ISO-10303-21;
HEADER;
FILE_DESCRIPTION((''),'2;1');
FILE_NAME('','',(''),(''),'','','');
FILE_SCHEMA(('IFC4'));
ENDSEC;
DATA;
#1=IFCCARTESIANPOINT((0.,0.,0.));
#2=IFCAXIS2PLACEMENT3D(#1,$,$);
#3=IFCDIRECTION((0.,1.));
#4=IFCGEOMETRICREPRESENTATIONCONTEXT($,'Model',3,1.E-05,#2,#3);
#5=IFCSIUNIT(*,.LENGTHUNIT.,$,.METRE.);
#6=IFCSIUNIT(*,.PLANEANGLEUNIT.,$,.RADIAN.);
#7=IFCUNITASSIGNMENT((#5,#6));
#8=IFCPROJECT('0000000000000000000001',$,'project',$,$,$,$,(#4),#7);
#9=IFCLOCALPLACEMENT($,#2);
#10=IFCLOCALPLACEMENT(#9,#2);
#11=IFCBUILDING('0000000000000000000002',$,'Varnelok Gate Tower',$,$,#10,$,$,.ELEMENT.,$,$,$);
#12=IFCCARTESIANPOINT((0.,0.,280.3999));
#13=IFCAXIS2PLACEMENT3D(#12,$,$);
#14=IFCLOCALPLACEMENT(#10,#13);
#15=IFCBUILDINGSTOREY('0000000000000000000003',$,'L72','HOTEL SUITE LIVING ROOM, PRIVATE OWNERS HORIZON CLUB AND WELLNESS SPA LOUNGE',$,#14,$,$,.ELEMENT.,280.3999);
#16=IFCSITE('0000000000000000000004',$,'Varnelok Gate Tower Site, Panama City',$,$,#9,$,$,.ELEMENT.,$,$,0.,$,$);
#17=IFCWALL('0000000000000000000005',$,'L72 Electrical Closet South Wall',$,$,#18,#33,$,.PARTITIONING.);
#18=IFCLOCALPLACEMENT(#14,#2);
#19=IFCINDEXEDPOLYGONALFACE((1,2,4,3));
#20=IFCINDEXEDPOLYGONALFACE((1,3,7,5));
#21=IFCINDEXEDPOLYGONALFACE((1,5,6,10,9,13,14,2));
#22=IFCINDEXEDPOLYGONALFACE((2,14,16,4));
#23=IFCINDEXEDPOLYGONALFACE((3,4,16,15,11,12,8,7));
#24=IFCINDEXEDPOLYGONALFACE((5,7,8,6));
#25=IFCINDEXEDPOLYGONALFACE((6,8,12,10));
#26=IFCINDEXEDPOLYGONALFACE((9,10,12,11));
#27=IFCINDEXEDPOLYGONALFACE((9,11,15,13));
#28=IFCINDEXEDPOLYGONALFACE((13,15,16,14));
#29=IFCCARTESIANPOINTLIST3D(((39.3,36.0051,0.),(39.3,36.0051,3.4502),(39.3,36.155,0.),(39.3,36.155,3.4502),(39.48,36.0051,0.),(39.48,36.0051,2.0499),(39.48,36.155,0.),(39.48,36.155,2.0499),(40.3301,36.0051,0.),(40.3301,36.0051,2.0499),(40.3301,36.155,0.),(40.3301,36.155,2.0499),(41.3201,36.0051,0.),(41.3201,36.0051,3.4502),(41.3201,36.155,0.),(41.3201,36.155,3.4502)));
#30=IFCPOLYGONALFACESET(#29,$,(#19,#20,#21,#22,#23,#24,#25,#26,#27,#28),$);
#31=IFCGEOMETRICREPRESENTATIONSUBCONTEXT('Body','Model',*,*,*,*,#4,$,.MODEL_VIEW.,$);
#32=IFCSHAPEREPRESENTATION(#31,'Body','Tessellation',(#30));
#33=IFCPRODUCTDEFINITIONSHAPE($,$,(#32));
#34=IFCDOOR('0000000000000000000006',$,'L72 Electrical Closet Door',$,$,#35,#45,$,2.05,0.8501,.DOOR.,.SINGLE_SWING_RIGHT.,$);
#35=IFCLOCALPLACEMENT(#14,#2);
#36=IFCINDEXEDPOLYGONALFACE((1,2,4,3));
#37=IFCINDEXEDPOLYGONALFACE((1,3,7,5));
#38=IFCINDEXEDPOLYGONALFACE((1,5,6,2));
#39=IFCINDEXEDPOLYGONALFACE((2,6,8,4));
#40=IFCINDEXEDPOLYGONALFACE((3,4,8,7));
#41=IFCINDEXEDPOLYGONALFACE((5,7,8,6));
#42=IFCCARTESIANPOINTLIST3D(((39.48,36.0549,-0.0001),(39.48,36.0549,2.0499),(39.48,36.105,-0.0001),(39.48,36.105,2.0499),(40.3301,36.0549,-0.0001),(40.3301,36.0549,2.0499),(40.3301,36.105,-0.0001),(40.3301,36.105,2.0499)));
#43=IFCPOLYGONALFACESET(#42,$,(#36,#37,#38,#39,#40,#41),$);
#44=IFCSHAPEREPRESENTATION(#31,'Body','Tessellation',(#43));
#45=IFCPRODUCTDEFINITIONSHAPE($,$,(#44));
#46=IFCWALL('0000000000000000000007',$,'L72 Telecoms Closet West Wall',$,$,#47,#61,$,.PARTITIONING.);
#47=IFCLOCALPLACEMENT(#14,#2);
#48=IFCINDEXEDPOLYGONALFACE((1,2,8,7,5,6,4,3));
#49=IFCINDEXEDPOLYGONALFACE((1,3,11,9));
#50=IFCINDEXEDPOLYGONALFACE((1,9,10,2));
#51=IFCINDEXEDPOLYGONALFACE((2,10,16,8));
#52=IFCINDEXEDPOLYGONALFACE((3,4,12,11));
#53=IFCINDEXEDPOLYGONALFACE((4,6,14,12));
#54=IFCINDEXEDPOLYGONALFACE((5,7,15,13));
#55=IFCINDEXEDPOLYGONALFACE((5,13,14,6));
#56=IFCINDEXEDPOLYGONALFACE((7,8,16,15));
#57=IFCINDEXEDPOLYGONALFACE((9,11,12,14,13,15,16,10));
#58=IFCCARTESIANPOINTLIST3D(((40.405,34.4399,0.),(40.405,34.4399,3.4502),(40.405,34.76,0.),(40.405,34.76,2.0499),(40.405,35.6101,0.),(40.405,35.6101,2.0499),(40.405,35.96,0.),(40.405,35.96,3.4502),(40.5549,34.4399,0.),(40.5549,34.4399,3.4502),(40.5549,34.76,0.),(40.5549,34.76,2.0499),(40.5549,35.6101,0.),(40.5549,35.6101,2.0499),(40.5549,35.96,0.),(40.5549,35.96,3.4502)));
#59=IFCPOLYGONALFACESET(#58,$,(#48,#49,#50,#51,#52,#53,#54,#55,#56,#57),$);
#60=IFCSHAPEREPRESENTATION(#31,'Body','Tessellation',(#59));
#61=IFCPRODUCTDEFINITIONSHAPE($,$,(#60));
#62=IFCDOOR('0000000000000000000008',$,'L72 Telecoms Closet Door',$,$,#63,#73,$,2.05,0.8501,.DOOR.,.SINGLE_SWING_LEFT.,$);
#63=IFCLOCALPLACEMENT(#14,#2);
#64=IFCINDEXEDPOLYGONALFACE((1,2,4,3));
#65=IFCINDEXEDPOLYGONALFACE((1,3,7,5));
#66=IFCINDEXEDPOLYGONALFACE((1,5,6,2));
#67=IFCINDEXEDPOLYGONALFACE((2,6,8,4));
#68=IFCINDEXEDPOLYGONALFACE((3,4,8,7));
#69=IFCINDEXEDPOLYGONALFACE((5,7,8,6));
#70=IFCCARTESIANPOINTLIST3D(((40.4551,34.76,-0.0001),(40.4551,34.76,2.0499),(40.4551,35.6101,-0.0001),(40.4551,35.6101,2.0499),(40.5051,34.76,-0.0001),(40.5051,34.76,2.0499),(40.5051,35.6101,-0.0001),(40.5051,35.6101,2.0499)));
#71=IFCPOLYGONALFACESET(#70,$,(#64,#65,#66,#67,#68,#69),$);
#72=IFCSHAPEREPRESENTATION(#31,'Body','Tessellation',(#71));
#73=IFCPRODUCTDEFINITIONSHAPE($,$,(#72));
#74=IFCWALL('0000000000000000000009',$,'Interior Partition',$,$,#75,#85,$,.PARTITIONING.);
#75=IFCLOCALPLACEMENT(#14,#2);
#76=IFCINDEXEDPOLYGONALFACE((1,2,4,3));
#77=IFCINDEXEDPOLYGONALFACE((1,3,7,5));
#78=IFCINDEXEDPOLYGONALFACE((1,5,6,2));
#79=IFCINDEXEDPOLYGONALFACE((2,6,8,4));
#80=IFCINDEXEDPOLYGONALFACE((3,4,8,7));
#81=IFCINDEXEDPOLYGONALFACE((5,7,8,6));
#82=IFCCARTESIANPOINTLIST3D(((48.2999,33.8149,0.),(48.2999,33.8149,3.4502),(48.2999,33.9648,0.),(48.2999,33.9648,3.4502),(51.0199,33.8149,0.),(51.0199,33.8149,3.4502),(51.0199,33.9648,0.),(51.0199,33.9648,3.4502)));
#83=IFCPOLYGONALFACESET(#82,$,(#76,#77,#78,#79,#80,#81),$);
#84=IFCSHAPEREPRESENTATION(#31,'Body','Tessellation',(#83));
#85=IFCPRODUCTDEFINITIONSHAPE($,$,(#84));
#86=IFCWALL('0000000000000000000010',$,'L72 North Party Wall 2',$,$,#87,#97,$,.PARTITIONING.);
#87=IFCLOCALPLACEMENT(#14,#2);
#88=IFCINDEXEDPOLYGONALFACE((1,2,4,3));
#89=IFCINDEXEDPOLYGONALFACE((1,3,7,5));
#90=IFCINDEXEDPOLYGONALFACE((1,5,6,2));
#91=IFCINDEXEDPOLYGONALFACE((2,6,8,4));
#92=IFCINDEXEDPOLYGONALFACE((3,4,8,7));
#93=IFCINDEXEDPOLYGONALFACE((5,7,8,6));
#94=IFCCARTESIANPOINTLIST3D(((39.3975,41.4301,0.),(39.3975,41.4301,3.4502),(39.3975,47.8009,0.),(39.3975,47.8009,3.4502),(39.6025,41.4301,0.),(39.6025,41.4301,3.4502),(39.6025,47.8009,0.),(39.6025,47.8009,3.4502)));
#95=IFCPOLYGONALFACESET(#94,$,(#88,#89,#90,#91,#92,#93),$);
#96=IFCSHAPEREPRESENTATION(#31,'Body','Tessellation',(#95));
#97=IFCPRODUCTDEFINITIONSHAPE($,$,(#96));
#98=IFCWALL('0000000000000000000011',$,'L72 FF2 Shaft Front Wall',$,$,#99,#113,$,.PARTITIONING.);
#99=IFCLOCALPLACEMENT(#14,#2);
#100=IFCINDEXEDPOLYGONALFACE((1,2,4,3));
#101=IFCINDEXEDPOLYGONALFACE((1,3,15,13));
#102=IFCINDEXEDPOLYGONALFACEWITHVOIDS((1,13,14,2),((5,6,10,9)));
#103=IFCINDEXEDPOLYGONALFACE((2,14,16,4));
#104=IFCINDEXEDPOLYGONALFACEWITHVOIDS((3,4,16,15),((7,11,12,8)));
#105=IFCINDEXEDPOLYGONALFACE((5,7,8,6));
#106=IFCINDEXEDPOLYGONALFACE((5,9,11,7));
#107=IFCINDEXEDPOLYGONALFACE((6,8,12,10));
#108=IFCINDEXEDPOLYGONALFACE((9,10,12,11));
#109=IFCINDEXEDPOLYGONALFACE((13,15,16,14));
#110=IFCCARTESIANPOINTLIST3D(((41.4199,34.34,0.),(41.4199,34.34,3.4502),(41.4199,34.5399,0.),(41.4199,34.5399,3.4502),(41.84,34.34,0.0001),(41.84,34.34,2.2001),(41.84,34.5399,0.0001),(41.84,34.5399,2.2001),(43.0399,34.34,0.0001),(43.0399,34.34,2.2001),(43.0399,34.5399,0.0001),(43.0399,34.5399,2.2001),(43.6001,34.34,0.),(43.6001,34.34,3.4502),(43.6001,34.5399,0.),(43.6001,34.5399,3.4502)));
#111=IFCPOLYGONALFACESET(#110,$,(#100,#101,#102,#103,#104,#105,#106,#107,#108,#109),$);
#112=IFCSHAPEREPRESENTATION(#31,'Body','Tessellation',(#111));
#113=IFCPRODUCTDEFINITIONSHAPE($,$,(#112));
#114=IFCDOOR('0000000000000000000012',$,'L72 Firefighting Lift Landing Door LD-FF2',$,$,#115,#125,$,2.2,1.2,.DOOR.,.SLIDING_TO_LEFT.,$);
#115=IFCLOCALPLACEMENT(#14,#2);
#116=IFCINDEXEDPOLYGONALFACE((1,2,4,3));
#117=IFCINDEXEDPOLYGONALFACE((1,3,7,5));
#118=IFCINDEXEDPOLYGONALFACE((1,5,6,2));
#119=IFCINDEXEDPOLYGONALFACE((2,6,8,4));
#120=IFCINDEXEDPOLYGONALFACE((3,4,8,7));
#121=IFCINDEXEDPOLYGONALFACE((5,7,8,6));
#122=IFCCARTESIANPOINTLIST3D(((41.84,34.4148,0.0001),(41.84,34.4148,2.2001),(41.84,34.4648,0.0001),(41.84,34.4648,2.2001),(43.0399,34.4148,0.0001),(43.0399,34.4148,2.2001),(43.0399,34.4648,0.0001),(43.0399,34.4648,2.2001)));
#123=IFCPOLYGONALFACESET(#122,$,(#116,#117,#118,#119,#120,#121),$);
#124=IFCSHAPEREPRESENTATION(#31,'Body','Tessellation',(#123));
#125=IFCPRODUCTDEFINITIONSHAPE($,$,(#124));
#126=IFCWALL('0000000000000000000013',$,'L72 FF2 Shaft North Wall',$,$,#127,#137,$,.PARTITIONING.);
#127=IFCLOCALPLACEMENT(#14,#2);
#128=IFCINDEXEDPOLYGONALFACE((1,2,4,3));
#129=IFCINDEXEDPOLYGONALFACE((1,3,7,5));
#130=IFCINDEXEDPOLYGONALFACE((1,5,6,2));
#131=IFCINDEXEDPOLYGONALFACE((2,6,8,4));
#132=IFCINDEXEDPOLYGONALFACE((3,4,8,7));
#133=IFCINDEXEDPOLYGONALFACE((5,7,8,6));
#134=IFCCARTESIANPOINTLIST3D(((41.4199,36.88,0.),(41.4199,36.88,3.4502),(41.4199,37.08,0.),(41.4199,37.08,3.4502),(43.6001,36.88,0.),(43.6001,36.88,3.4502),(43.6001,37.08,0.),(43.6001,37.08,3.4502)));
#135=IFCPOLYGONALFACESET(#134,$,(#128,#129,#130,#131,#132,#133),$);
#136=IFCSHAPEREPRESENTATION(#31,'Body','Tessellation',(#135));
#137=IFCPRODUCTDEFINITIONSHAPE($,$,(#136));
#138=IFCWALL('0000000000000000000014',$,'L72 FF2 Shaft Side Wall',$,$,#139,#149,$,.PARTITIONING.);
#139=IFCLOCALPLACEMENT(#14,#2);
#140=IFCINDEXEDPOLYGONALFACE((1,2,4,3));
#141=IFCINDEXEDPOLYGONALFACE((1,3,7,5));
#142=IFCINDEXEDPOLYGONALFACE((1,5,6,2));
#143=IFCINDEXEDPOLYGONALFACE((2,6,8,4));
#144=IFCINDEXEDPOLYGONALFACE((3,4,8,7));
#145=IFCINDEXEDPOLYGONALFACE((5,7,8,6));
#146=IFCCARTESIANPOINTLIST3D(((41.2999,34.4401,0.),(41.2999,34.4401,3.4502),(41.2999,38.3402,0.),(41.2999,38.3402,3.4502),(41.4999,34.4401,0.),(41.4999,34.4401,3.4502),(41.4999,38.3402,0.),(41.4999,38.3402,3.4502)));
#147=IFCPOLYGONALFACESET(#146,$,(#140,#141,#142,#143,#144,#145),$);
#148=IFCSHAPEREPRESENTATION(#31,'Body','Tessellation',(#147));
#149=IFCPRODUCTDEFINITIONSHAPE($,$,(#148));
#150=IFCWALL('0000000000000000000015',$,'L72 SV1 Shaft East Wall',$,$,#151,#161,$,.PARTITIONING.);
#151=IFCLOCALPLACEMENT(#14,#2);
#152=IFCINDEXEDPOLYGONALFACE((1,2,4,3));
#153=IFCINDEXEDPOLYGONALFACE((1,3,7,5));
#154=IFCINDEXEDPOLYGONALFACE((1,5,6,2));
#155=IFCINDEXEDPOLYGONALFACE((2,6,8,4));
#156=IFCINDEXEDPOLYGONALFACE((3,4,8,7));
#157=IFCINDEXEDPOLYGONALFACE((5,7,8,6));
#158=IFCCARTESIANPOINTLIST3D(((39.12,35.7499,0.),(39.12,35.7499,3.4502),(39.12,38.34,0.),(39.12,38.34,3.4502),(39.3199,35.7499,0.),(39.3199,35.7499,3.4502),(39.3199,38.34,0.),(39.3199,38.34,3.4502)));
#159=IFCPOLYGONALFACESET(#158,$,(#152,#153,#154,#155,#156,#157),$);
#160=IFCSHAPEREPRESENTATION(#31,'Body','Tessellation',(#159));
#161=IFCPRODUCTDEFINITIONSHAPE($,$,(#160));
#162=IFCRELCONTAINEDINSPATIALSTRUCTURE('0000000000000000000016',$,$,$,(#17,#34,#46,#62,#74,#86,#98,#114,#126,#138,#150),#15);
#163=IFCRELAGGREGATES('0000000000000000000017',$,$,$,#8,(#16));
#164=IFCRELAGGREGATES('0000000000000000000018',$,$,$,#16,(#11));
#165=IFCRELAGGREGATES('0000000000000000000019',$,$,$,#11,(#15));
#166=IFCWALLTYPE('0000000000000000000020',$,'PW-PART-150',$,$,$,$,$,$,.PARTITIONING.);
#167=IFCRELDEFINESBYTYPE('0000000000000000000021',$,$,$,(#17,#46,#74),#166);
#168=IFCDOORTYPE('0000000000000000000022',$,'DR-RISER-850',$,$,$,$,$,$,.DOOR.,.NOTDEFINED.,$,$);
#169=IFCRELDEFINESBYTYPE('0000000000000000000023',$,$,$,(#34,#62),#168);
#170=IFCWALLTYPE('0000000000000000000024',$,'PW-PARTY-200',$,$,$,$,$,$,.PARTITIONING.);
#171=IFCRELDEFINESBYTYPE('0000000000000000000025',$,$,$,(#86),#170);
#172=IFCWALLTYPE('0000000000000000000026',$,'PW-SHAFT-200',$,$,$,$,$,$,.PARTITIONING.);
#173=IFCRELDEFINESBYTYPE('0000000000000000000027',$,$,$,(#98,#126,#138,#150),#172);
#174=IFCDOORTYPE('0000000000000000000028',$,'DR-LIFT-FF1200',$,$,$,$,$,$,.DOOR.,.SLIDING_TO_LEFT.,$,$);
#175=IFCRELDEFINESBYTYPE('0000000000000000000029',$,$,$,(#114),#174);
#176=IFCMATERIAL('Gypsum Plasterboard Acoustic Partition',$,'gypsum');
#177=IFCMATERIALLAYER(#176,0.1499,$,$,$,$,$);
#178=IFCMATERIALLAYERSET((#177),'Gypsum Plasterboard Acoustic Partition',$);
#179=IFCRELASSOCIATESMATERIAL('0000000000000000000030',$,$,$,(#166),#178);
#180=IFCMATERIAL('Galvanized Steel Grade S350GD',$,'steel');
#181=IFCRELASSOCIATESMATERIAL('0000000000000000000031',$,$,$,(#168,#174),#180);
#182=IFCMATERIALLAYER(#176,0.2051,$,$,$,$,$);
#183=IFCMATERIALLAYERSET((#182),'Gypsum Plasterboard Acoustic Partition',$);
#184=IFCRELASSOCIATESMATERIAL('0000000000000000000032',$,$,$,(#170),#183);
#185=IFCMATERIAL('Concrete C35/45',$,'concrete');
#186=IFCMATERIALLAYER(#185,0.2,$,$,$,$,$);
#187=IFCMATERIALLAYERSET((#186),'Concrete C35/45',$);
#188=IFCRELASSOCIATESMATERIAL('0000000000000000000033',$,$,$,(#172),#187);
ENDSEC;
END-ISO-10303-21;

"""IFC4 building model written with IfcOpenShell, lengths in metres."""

from ifc_helpers import new_model, si_unit, direction, frame, frame_2d, origin, place, context, subcontext, project, spatial, rectangle, extrude, material, layer, layer_set, type_object, element, fill, save


model = new_model("IFC4")

# Units and contexts
model_context = context("Model", 3, precision=1e-05, world=origin(), true_north=direction((0.0, 1.0)))
body_context = subcontext(model_context, "Body", "Model", "MODEL_VIEW")
ifc_project = project(units=[si_unit("LENGTHUNIT", "METRE"), si_unit("PLANEANGLEUNIT", "RADIAN")], contexts=[model_context])

# Site, building, storey
site_placement = place(None, origin())
site = spatial("IfcSite", under=ifc_project, at=site_placement, Name="Varnelok Gate Tower Site, Panama City", CompositionType="ELEMENT", RefElevation=0.0)
building_placement = place(site_placement, origin())
building = spatial("IfcBuilding", under=site, at=building_placement, Name="Varnelok Gate Tower", CompositionType="ELEMENT")
storey_placement = place(building_placement, frame((0.0, 0.0, 280.3999)))
storey = spatial("IfcBuildingStorey", under=building, at=storey_placement, Name="L72", Description="HOTEL SUITE LIVING ROOM, PRIVATE OWNERS HORIZON CLUB AND WELLNESS SPA LOUNGE", CompositionType="ELEMENT", Elevation=280.3999)

# Shared definitions
ifc_material_1 = material(Name="Gypsum Plasterboard Acoustic Partition", Category="gypsum")

# Walls, openings, doors
ifc_layer_1 = layer(ifc_material_1, 0.1499)
ifc_layer_set_1 = layer_set([ifc_layer_1], Name="Gypsum Plasterboard Acoustic Partition")
wall_type_1 = type_object("IfcWallType", Name="PW-PART-150", PredefinedType="PARTITIONING", material=ifc_layer_set_1)
wall_1_placement = place(storey_placement, frame((39.3, 36.0801, 0.0), z_axis=(0.0, 0.0, 1.0), x_axis=(1.0, 0.0, 0.0)))
wall_1 = element("IfcWall", 1, at=wall_1_placement, inside=storey, type_object=wall_type_1, Name="L72 Electrical Closet South Wall", PredefinedType="PARTITIONING", context=body_context, shape_type="SweptSolid", body=[
    extrude(rectangle(XDim=2.02, YDim=0.1499, at=frame_2d((1.01, 0.0))), origin(), (0.0, 0.0, 1.0), 3.4502),
])
opening_1_placement = place(wall_1_placement, frame((0.1799, 0.0, 0.0)))
opening_1 = element("IfcOpeningElement", 2, at=opening_1_placement, cuts=wall_1, PredefinedType="OPENING", context=body_context, shape_type="SweptSolid", body=[
    extrude(rectangle(XDim=0.8501, YDim=2.05, at=frame_2d((0.425, 1.0249))), frame((0.0, 0.085, 0.0), z_axis=(0.0, -1.0, 0.0), x_axis=(1.0, 0.0, 0.0)), (0.0, 0.0, 1.0), 0.1699),
])
ifc_material_2 = material(Name="Galvanized Steel Grade S350GD", Category="steel")
door_type_1 = type_object("IfcDoorType", Name="DR-RISER-850", OperationType="NOTDEFINED", PredefinedType="DOOR", material=ifc_material_2)
door_1_placement = place(opening_1_placement, origin())
door_1 = element("IfcDoor", 3, at=door_1_placement, inside=storey, type_object=door_type_1, Name="L72 Electrical Closet Door", OperationType="SINGLE_SWING_RIGHT", OverallHeight=2.05, OverallWidth=0.8501, PredefinedType="DOOR", context=body_context, shape_type="SweptSolid", body=[
    extrude(rectangle(XDim=0.8501, YDim=2.05, at=frame_2d((0.425, 1.0249))), frame((0.0, 0.0249, 0.0), z_axis=(0.0, -1.0, 0.0), x_axis=(1.0, 0.0, 0.0)), (0.0, 0.0, 1.0), 0.05),
])
fill(opening_1, door_1)
wall_2_placement = place(storey_placement, frame((40.48, 34.4399, 0.0), z_axis=(0.0, 0.0, 1.0), x_axis=(0.0, 1.0, 0.0)))
wall_2 = element("IfcWall", 4, at=wall_2_placement, inside=storey, type_object=wall_type_1, Name="L72 Telecoms Closet West Wall", PredefinedType="PARTITIONING", context=body_context, shape_type="SweptSolid", body=[
    extrude(rectangle(XDim=1.52, YDim=0.1499, at=frame_2d((0.76, 0.0))), origin(), (0.0, 0.0, 1.0), 3.4502),
])
opening_2_placement = place(wall_2_placement, frame((0.3201, 0.0, 0.0)))
opening_2 = element("IfcOpeningElement", 5, at=opening_2_placement, cuts=wall_2, PredefinedType="OPENING", context=body_context, shape_type="SweptSolid", body=[
    extrude(rectangle(XDim=0.8501, YDim=2.05, at=frame_2d((0.425, 1.0249))), frame((0.0, 0.085, 0.0), z_axis=(0.0, -1.0, 0.0), x_axis=(1.0, 0.0, 0.0)), (0.0, 0.0, 1.0), 0.1699),
])
door_2_placement = place(opening_2_placement, origin())
door_2 = element("IfcDoor", 6, at=door_2_placement, inside=storey, type_object=door_type_1, Name="L72 Telecoms Closet Door", OperationType="SINGLE_SWING_LEFT", OverallHeight=2.05, OverallWidth=0.8501, PredefinedType="DOOR", context=body_context, shape_type="SweptSolid", body=[
    extrude(rectangle(XDim=0.8501, YDim=2.05, at=frame_2d((0.425, 1.0249))), frame((0.0, 0.0249, 0.0), z_axis=(0.0, -1.0, 0.0), x_axis=(1.0, 0.0, 0.0)), (0.0, 0.0, 1.0), 0.05),
])
fill(opening_2, door_2)

# Walls
wall_3_placement = place(storey_placement, frame((48.3, 33.8899, 0.0), z_axis=(0.0, 0.0, 1.0), x_axis=(1.0, 0.0, 0.0)))
element("IfcWall", 7, at=wall_3_placement, inside=storey, type_object=wall_type_1, Name="Interior Partition", PredefinedType="PARTITIONING", context=body_context, shape_type="SweptSolid", body=[
    extrude(rectangle(XDim=2.72, YDim=0.1499, at=frame_2d((1.3599, 0.0))), origin(), (0.0, 0.0, 1.0), 3.4502),
])
ifc_layer_2 = layer(ifc_material_1, 0.2051)
ifc_layer_set_2 = layer_set([ifc_layer_2], Name="Gypsum Plasterboard Acoustic Partition")
wall_type_2 = type_object("IfcWallType", Name="PW-PARTY-200", PredefinedType="PARTITIONING", material=ifc_layer_set_2)
wall_4_placement = place(storey_placement, frame((39.5, 41.4299, 0.0), z_axis=(0.0, 0.0, 1.0), x_axis=(0.0, 1.0, 0.0)))
element("IfcWall", 8, at=wall_4_placement, inside=storey, type_object=wall_type_2, Name="L72 North Party Wall 2", PredefinedType="PARTITIONING", context=body_context, shape_type="SweptSolid", body=[
    extrude(rectangle(XDim=6.3708, YDim=0.2051, at=frame_2d((3.1855, 0.0))), origin(), (0.0, 0.0, 1.0), 3.4502),
])

# Wall, opening, door
ifc_material_3 = material(Name="Concrete C35/45", Category="concrete")
ifc_layer_3 = layer(ifc_material_3, 0.2)
ifc_layer_set_3 = layer_set([ifc_layer_3], Name="Concrete C35/45")
wall_type_3 = type_object("IfcWallType", Name="PW-SHAFT-200", PredefinedType="PARTITIONING", material=ifc_layer_set_3)
wall_5_placement = place(storey_placement, frame((41.4199, 34.4399, 0.0), z_axis=(0.0, 0.0, 1.0), x_axis=(1.0, 0.0, 0.0)))
wall_5 = element("IfcWall", 9, at=wall_5_placement, inside=storey, type_object=wall_type_3, Name="L72 FF2 Shaft Front Wall", PredefinedType="PARTITIONING", context=body_context, shape_type="SweptSolid", body=[
    extrude(rectangle(XDim=2.1802, YDim=0.2, at=frame_2d((1.0901, 0.0))), origin(), (0.0, 0.0, 1.0), 3.4502),
])
opening_3_placement = place(wall_5_placement, frame((0.4199, 0.0, 0.0)))
opening_3 = element("IfcOpeningElement", 10, at=opening_3_placement, cuts=wall_5, PredefinedType="OPENING", context=body_context, shape_type="SweptSolid", body=[
    extrude(rectangle(XDim=1.2, YDim=2.2, at=frame_2d((0.6001, 1.1001))), frame((0.0, 0.1099, 0.0), z_axis=(0.0, -1.0, 0.0), x_axis=(1.0, 0.0, 0.0)), (0.0, 0.0, 1.0), 0.22),
])
door_type_2 = type_object("IfcDoorType", Name="DR-LIFT-FF1200", OperationType="SLIDING_TO_LEFT", PredefinedType="DOOR", material=ifc_material_2)
door_3_placement = place(opening_3_placement, origin())
door_3 = element("IfcDoor", 11, at=door_3_placement, inside=storey, type_object=door_type_2, Name="L72 Firefighting Lift Landing Door LD-FF2", OperationType="SLIDING_TO_LEFT", OverallHeight=2.2, OverallWidth=1.2, PredefinedType="DOOR", context=body_context, shape_type="SweptSolid", body=[
    extrude(rectangle(XDim=1.2, YDim=2.2, at=frame_2d((0.6001, 1.1001))), frame((0.0, 0.0249, 0.0), z_axis=(0.0, -1.0, 0.0), x_axis=(1.0, 0.0, 0.0)), (0.0, 0.0, 1.0), 0.05),
])
fill(opening_3, door_3)

# Walls
wall_6_placement = place(storey_placement, frame((41.4199, 36.98, 0.0), z_axis=(0.0, 0.0, 1.0), x_axis=(1.0, 0.0, 0.0)))
element("IfcWall", 12, at=wall_6_placement, inside=storey, type_object=wall_type_3, Name="L72 FF2 Shaft North Wall", PredefinedType="PARTITIONING", context=body_context, shape_type="SweptSolid", body=[
    extrude(rectangle(XDim=2.1802, YDim=0.2, at=frame_2d((1.0901, 0.0))), origin(), (0.0, 0.0, 1.0), 3.4502),
])
wall_7_placement = place(storey_placement, frame((41.3999, 34.4399, 0.0), z_axis=(0.0, 0.0, 1.0), x_axis=(0.0, 1.0, 0.0)))
element("IfcWall", 13, at=wall_7_placement, inside=storey, type_object=wall_type_3, Name="L72 FF2 Shaft Side Wall", PredefinedType="PARTITIONING", context=body_context, shape_type="SweptSolid", body=[
    extrude(rectangle(XDim=3.9001, YDim=0.2, at=frame_2d((1.9502, 0.0))), origin(), (0.0, 0.0, 1.0), 3.4502),
])
wall_8_placement = place(storey_placement, frame((39.22, 35.75, 0.0), z_axis=(0.0, 0.0, 1.0), x_axis=(0.0, 1.0, 0.0)))
element("IfcWall", 14, at=wall_8_placement, inside=storey, type_object=wall_type_3, Name="L72 SV1 Shaft East Wall", PredefinedType="PARTITIONING", context=body_context, shape_type="SweptSolid", body=[
    extrude(rectangle(XDim=2.5901, YDim=0.2, at=frame_2d((1.2949, 0.0))), origin(), (0.0, 0.0, 1.0), 3.4502),
])

save(model, "model.ifc")
